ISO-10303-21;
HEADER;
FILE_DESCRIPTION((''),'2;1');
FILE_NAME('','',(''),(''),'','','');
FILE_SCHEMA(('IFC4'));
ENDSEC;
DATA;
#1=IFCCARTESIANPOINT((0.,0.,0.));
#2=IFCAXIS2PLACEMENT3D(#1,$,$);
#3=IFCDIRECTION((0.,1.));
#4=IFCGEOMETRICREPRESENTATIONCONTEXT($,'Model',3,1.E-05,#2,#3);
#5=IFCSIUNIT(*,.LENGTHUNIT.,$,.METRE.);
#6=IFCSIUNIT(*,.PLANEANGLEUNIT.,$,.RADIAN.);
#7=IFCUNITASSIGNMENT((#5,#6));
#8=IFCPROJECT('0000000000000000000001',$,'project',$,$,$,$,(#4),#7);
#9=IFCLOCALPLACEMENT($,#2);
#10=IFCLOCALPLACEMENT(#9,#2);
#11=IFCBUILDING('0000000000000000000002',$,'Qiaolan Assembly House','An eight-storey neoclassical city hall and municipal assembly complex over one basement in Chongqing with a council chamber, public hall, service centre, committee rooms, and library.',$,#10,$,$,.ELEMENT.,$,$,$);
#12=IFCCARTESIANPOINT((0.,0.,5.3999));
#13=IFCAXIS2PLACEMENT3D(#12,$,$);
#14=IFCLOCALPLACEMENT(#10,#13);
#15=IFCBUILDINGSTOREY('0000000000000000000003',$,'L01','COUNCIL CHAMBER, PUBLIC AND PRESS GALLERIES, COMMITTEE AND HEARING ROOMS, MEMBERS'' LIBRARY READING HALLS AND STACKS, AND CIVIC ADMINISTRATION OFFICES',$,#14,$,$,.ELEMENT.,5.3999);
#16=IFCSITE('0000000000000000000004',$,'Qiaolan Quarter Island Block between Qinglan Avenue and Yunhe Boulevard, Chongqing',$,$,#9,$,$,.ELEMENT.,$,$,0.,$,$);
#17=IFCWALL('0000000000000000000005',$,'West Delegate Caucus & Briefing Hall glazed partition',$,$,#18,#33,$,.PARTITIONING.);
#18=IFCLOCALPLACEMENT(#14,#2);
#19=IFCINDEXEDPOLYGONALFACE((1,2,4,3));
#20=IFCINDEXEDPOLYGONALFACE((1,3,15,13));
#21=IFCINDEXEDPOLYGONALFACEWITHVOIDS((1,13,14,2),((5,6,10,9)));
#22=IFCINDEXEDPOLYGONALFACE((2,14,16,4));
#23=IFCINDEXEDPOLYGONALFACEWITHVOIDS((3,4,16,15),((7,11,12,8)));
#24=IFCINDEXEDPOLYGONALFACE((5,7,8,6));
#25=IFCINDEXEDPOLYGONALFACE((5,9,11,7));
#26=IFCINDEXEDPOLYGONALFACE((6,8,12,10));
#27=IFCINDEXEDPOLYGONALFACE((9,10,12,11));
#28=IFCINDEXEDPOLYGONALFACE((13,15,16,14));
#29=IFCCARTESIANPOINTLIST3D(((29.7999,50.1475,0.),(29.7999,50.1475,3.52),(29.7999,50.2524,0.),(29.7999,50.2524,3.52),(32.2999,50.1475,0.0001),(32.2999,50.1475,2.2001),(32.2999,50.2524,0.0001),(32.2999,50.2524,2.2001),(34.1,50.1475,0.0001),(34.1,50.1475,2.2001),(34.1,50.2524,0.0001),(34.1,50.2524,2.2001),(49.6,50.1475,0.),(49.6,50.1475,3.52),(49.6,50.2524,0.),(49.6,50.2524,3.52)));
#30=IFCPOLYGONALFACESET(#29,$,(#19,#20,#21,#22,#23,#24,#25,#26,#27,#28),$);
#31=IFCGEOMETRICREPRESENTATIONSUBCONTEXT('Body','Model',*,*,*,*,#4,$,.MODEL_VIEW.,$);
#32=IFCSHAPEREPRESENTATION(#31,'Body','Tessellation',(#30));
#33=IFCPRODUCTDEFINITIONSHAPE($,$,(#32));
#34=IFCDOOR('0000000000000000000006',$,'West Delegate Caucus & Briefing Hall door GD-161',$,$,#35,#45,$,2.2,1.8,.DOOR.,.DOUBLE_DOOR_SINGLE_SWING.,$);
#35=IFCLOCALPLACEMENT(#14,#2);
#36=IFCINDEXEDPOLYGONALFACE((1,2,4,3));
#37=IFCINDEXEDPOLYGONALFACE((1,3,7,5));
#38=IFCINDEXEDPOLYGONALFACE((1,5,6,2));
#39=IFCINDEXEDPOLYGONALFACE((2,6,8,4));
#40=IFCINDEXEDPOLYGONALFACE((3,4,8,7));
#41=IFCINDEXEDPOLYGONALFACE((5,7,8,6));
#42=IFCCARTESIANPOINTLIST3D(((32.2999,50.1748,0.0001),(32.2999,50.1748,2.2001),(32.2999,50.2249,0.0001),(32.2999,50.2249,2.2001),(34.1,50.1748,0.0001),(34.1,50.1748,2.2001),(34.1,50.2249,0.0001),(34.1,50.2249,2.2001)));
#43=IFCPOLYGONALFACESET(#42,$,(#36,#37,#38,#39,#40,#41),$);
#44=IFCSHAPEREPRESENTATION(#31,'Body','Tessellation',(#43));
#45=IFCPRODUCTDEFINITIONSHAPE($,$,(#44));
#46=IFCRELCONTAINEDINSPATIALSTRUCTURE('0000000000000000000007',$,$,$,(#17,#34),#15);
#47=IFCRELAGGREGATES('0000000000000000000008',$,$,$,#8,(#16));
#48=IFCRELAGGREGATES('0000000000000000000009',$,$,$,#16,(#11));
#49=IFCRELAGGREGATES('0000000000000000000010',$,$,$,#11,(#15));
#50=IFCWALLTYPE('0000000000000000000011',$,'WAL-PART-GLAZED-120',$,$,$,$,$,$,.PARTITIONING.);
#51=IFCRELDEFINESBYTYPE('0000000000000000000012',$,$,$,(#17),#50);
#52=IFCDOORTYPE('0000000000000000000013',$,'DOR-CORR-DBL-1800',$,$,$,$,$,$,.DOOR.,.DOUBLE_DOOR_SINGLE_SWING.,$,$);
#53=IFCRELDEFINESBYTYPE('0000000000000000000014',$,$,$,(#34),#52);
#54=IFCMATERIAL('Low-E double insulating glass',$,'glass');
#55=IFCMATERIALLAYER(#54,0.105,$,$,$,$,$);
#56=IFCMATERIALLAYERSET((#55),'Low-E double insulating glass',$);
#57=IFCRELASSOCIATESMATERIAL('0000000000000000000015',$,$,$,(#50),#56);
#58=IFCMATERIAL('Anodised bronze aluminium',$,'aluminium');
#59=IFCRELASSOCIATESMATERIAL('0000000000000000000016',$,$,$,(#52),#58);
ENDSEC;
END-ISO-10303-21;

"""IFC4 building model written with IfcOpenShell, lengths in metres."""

from ifc_helpers import new_model, si_unit, direction, frame, frame_2d, origin, place, context, subcontext, project, spatial, rectangle, extrude, material, layer, layer_set, type_object, element, fill, save


model = new_model("IFC4")

# Units and contexts
model_context = context("Model", 3, precision=1e-05, world=origin(), true_north=direction((0.0, 1.0)))
body_context = subcontext(model_context, "Body", "Model", "MODEL_VIEW")
ifc_project = project(units=[si_unit("LENGTHUNIT", "METRE"), si_unit("PLANEANGLEUNIT", "RADIAN")], contexts=[model_context])

# Site, building, storey
site_placement = place(None, origin())
site = spatial("IfcSite", under=ifc_project, at=site_placement, Name="Qiaolan Quarter Island Block between Qinglan Avenue and Yunhe Boulevard, Chongqing", CompositionType="ELEMENT", RefElevation=0.0)
building_placement = place(site_placement, origin())
building = spatial("IfcBuilding", under=site, at=building_placement, Name="Qiaolan Assembly House", Description="An eight-storey neoclassical city hall and municipal assembly complex over one basement in Chongqing with a council chamber, public hall, service centre, committee rooms, and library.", CompositionType="ELEMENT")
storey_placement = place(building_placement, frame((0.0, 0.0, 5.3999)))
storey = spatial("IfcBuildingStorey", under=building, at=storey_placement, Name="L01", Description="COUNCIL CHAMBER, PUBLIC AND PRESS GALLERIES, COMMITTEE AND HEARING ROOMS, MEMBERS' LIBRARY READING HALLS AND STACKS, AND CIVIC ADMINISTRATION OFFICES", CompositionType="ELEMENT", Elevation=5.3999)

# Shared definitions
ifc_material_1 = material(Name="Anodised bronze aluminium", Category="aluminium")

# Shared definitions
ifc_material_2 = material(Name="Low-E double insulating glass", Category="glass")

# Wall, opening, door
ifc_layer_1 = layer(ifc_material_2, 0.105)
ifc_layer_set_1 = layer_set([ifc_layer_1], Name="Low-E double insulating glass")
wall_type = type_object("IfcWallType", Name="WAL-PART-GLAZED-120", PredefinedType="PARTITIONING", material=ifc_layer_set_1)
wall_placement = place(storey_placement, frame((29.8, 50.2, 0.0), z_axis=(0.0, 0.0, 1.0), x_axis=(1.0, 0.0, 0.0)))
wall = element("IfcWall", 1, at=wall_placement, inside=storey, type_object=wall_type, Name="West Delegate Caucus & Briefing Hall glazed partition", PredefinedType="PARTITIONING", context=body_context, shape_type="SweptSolid", body=[
    extrude(rectangle(XDim=19.8, YDim=0.105, at=frame_2d((9.8999, 0.0))), origin(), (0.0, 0.0, 1.0), 3.52),
])
opening_placement = place(wall_placement, frame((2.5, 0.0, 0.0)))
opening = element("IfcOpeningElement", 2, at=opening_placement, cuts=wall, PredefinedType="OPENING", context=body_context, shape_type="SweptSolid", body=[
    extrude(rectangle(XDim=1.8, YDim=2.2, at=frame_2d((0.8999, 1.1001))), frame((0.0, 0.0625, 0.0), z_axis=(0.0, -1.0, 0.0), x_axis=(1.0, 0.0, 0.0)), (0.0, 0.0, 1.0), 0.125),
])
door_type = type_object("IfcDoorType", Name="DOR-CORR-DBL-1800", OperationType="DOUBLE_DOOR_SINGLE_SWING", PredefinedType="DOOR", material=ifc_material_1)
door_placement = place(opening_placement, origin())
door = element("IfcDoor", 3, at=door_placement, inside=storey, type_object=door_type, Name="West Delegate Caucus & Briefing Hall door GD-161", OperationType="DOUBLE_DOOR_SINGLE_SWING", OverallHeight=2.2, OverallWidth=1.8, PredefinedType="DOOR", context=body_context, shape_type="SweptSolid", body=[
    extrude(rectangle(XDim=1.8, YDim=2.2, at=frame_2d((0.8999, 1.1001))), frame((0.0, 0.0249, 0.0), z_axis=(0.0, -1.0, 0.0), x_axis=(1.0, 0.0, 0.0)), (0.0, 0.0, 1.0), 0.05),
])
fill(opening, door)

save(model, "model.ifc")
